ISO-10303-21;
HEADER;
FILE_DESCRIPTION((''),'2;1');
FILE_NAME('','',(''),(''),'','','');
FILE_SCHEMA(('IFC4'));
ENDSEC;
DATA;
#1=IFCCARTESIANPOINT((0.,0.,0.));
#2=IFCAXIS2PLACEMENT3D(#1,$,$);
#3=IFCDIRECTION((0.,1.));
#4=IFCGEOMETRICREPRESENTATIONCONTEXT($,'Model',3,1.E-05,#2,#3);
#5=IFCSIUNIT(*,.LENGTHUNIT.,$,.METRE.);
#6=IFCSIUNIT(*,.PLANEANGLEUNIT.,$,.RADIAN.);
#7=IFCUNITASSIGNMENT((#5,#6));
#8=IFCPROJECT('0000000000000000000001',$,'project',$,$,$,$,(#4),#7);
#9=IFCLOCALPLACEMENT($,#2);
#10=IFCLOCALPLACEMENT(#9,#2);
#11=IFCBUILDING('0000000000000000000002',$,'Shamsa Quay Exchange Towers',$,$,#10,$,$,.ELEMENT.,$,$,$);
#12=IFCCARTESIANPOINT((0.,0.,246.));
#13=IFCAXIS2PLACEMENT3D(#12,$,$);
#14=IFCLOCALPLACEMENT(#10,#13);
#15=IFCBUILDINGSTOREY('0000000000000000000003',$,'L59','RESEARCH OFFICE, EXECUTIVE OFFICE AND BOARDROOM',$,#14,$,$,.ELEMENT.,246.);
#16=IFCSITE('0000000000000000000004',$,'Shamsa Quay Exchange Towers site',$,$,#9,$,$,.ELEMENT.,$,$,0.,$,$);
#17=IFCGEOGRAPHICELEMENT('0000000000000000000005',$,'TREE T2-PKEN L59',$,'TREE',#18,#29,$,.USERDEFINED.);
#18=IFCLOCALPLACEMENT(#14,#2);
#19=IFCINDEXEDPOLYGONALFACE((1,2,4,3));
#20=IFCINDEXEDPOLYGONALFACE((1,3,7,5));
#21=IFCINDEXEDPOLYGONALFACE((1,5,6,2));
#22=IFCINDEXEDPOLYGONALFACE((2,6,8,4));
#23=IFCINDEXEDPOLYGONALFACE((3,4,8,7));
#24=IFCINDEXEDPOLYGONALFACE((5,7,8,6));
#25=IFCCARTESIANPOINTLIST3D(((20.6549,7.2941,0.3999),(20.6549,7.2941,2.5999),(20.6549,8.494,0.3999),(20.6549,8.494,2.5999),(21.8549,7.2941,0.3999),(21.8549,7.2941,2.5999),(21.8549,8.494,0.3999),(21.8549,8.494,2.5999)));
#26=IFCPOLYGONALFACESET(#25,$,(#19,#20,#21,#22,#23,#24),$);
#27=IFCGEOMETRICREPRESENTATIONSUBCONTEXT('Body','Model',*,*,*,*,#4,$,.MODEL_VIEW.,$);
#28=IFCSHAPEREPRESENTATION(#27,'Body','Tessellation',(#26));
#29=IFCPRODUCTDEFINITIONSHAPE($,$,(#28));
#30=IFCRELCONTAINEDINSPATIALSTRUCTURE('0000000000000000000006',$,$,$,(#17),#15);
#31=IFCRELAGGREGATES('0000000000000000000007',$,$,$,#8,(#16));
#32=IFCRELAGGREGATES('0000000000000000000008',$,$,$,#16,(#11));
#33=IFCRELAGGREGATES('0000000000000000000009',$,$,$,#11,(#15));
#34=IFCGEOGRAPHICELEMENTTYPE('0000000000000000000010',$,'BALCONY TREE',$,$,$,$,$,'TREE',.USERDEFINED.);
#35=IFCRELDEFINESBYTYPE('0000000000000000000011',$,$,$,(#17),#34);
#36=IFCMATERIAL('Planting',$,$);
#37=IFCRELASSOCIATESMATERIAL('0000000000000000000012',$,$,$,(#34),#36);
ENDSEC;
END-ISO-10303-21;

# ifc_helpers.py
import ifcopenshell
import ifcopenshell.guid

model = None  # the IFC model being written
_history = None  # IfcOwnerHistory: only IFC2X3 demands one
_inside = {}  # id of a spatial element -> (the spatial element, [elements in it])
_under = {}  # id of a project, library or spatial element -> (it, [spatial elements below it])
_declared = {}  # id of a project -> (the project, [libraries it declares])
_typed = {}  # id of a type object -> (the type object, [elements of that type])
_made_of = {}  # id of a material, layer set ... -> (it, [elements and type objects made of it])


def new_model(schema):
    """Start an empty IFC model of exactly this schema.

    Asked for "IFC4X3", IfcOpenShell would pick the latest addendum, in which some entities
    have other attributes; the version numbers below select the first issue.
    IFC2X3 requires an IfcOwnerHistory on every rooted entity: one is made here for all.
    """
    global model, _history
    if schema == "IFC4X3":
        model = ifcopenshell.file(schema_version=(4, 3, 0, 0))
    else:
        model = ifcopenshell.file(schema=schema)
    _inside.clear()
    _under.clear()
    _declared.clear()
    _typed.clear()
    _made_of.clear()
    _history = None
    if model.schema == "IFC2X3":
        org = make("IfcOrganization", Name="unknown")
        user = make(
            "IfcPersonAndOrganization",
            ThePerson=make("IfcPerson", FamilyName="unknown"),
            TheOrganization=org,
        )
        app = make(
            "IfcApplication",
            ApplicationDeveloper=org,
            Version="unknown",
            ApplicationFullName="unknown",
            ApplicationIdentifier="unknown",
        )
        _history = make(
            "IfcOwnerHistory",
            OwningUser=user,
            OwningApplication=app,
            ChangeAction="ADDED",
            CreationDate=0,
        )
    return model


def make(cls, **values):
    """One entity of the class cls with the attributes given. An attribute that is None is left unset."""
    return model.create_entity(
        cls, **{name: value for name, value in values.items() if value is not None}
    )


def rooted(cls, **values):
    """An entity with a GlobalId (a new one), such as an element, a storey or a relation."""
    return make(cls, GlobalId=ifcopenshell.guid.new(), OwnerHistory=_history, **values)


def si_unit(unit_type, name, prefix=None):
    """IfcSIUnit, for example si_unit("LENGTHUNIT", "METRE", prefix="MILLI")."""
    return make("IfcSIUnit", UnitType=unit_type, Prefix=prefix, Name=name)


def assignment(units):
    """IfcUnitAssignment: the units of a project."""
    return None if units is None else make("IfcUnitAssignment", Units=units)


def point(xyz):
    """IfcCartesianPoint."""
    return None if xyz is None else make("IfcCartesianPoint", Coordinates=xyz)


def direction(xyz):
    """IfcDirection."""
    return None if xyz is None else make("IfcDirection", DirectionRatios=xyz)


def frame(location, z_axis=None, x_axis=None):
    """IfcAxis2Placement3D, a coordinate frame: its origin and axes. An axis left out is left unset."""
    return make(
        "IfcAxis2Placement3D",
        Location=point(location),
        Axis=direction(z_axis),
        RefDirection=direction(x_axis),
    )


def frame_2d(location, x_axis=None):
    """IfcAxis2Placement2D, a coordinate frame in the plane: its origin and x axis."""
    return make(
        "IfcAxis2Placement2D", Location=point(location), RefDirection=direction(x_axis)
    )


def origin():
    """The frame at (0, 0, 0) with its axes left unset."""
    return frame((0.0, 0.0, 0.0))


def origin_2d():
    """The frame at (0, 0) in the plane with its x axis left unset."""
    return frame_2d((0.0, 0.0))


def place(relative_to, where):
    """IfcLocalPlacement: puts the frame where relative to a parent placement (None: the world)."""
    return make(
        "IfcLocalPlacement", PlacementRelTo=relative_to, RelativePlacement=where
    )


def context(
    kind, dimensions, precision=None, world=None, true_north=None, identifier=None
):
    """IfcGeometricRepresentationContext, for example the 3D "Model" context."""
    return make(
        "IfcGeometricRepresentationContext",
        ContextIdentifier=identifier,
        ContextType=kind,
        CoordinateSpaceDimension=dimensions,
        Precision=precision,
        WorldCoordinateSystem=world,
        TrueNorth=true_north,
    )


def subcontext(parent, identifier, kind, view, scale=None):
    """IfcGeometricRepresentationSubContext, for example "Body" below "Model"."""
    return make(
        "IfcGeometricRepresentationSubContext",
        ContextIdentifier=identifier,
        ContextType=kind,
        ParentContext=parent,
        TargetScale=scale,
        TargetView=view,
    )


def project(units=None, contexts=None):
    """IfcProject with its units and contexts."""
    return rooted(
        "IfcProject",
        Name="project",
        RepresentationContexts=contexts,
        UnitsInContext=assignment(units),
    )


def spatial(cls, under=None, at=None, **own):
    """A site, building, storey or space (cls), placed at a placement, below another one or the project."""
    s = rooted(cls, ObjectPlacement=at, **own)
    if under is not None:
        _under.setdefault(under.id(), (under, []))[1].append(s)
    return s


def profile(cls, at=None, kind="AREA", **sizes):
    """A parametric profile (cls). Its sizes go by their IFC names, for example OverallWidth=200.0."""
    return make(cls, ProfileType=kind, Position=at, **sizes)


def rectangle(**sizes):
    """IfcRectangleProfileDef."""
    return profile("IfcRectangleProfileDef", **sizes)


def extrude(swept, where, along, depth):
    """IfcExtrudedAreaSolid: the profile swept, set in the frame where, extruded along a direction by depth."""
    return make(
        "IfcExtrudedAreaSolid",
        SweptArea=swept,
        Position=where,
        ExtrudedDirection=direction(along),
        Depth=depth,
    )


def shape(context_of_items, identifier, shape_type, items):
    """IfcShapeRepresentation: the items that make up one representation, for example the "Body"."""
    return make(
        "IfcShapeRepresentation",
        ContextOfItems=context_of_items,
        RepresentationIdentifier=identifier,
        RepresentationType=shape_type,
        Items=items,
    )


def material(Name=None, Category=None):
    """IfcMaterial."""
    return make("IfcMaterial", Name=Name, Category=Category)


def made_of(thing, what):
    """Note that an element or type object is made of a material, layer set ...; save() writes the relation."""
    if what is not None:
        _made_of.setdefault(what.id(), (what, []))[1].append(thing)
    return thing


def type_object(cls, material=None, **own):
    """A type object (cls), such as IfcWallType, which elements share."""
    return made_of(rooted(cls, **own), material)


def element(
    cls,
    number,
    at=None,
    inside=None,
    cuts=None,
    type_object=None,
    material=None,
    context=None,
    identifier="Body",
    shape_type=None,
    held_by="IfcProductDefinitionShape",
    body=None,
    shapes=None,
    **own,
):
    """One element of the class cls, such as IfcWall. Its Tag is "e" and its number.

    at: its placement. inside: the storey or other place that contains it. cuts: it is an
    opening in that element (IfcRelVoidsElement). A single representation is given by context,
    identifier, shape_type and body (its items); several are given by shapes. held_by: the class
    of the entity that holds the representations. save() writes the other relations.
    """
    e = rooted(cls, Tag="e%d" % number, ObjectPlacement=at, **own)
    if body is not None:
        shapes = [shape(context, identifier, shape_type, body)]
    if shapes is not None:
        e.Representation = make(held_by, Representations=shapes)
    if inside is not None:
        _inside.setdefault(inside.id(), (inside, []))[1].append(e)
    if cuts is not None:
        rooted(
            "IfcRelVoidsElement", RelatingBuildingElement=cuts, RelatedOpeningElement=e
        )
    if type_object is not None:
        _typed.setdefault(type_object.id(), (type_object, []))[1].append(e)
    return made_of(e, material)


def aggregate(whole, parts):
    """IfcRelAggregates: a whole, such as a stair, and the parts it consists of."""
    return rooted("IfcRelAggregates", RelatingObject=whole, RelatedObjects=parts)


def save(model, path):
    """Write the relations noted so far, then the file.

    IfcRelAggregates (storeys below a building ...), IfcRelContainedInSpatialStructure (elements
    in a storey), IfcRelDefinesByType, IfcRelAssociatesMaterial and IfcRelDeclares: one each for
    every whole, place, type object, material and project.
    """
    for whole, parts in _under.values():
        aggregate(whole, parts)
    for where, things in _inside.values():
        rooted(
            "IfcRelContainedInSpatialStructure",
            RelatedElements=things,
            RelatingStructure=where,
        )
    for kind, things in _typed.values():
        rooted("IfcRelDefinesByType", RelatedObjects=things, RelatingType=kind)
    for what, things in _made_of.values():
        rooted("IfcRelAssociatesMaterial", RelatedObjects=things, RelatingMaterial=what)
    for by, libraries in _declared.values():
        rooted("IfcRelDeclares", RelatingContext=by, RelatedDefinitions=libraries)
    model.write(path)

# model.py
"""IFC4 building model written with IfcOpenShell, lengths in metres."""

from ifc_helpers import new_model, si_unit, direction, frame, origin, origin_2d, place, context, subcontext, project, spatial, rectangle, extrude, material, type_object, element, save


model = new_model("IFC4")

# Units and contexts
model_context = context("Model", 3, precision=1e-05, world=origin(), true_north=direction((0.0, 1.0)))
body_context = subcontext(model_context, "Body", "Model", "MODEL_VIEW")
ifc_project = project(units=[si_unit("LENGTHUNIT", "METRE"), si_unit("PLANEANGLEUNIT", "RADIAN")], contexts=[model_context])

# Site, building, storey
site_placement = place(None, origin())
site = spatial("IfcSite", under=ifc_project, at=site_placement, Name="Shamsa Quay Exchange Towers site", CompositionType="ELEMENT", RefElevation=0.0)
building_placement = place(site_placement, origin())
building = spatial("IfcBuilding", under=site, at=building_placement, Name="Shamsa Quay Exchange Towers", CompositionType="ELEMENT")
storey_placement = place(building_placement, frame((0.0, 0.0, 246.0)))
storey = spatial("IfcBuildingStorey", under=building, at=storey_placement, Name="L59", Description="RESEARCH OFFICE, EXECUTIVE OFFICE AND BOARDROOM", CompositionType="ELEMENT", Elevation=246.0)

# Geographic element
ifc_material_1 = material(Name="Planting")
geographic_element_type = type_object("IfcGeographicElementType", Name="BALCONY TREE", ElementType="TREE", PredefinedType="USERDEFINED", material=ifc_material_1)
geographic_element_placement = place(storey_placement, frame((21.2549, 7.894, 0.3999), z_axis=(0.0, 0.0, 1.0), x_axis=(0.0, -1.0, 0.0)))
element("IfcGeographicElement", 1, at=geographic_element_placement, inside=storey, type_object=geographic_element_type, Name="TREE T2-PKEN L59", ObjectType="TREE", PredefinedType="USERDEFINED", context=body_context, shape_type="SweptSolid", body=[
    extrude(rectangle(XDim=1.2, YDim=1.2, at=origin_2d()), origin(), (0.0, 0.0, 1.0), 2.2),
])

save(model, "model.ifc")
